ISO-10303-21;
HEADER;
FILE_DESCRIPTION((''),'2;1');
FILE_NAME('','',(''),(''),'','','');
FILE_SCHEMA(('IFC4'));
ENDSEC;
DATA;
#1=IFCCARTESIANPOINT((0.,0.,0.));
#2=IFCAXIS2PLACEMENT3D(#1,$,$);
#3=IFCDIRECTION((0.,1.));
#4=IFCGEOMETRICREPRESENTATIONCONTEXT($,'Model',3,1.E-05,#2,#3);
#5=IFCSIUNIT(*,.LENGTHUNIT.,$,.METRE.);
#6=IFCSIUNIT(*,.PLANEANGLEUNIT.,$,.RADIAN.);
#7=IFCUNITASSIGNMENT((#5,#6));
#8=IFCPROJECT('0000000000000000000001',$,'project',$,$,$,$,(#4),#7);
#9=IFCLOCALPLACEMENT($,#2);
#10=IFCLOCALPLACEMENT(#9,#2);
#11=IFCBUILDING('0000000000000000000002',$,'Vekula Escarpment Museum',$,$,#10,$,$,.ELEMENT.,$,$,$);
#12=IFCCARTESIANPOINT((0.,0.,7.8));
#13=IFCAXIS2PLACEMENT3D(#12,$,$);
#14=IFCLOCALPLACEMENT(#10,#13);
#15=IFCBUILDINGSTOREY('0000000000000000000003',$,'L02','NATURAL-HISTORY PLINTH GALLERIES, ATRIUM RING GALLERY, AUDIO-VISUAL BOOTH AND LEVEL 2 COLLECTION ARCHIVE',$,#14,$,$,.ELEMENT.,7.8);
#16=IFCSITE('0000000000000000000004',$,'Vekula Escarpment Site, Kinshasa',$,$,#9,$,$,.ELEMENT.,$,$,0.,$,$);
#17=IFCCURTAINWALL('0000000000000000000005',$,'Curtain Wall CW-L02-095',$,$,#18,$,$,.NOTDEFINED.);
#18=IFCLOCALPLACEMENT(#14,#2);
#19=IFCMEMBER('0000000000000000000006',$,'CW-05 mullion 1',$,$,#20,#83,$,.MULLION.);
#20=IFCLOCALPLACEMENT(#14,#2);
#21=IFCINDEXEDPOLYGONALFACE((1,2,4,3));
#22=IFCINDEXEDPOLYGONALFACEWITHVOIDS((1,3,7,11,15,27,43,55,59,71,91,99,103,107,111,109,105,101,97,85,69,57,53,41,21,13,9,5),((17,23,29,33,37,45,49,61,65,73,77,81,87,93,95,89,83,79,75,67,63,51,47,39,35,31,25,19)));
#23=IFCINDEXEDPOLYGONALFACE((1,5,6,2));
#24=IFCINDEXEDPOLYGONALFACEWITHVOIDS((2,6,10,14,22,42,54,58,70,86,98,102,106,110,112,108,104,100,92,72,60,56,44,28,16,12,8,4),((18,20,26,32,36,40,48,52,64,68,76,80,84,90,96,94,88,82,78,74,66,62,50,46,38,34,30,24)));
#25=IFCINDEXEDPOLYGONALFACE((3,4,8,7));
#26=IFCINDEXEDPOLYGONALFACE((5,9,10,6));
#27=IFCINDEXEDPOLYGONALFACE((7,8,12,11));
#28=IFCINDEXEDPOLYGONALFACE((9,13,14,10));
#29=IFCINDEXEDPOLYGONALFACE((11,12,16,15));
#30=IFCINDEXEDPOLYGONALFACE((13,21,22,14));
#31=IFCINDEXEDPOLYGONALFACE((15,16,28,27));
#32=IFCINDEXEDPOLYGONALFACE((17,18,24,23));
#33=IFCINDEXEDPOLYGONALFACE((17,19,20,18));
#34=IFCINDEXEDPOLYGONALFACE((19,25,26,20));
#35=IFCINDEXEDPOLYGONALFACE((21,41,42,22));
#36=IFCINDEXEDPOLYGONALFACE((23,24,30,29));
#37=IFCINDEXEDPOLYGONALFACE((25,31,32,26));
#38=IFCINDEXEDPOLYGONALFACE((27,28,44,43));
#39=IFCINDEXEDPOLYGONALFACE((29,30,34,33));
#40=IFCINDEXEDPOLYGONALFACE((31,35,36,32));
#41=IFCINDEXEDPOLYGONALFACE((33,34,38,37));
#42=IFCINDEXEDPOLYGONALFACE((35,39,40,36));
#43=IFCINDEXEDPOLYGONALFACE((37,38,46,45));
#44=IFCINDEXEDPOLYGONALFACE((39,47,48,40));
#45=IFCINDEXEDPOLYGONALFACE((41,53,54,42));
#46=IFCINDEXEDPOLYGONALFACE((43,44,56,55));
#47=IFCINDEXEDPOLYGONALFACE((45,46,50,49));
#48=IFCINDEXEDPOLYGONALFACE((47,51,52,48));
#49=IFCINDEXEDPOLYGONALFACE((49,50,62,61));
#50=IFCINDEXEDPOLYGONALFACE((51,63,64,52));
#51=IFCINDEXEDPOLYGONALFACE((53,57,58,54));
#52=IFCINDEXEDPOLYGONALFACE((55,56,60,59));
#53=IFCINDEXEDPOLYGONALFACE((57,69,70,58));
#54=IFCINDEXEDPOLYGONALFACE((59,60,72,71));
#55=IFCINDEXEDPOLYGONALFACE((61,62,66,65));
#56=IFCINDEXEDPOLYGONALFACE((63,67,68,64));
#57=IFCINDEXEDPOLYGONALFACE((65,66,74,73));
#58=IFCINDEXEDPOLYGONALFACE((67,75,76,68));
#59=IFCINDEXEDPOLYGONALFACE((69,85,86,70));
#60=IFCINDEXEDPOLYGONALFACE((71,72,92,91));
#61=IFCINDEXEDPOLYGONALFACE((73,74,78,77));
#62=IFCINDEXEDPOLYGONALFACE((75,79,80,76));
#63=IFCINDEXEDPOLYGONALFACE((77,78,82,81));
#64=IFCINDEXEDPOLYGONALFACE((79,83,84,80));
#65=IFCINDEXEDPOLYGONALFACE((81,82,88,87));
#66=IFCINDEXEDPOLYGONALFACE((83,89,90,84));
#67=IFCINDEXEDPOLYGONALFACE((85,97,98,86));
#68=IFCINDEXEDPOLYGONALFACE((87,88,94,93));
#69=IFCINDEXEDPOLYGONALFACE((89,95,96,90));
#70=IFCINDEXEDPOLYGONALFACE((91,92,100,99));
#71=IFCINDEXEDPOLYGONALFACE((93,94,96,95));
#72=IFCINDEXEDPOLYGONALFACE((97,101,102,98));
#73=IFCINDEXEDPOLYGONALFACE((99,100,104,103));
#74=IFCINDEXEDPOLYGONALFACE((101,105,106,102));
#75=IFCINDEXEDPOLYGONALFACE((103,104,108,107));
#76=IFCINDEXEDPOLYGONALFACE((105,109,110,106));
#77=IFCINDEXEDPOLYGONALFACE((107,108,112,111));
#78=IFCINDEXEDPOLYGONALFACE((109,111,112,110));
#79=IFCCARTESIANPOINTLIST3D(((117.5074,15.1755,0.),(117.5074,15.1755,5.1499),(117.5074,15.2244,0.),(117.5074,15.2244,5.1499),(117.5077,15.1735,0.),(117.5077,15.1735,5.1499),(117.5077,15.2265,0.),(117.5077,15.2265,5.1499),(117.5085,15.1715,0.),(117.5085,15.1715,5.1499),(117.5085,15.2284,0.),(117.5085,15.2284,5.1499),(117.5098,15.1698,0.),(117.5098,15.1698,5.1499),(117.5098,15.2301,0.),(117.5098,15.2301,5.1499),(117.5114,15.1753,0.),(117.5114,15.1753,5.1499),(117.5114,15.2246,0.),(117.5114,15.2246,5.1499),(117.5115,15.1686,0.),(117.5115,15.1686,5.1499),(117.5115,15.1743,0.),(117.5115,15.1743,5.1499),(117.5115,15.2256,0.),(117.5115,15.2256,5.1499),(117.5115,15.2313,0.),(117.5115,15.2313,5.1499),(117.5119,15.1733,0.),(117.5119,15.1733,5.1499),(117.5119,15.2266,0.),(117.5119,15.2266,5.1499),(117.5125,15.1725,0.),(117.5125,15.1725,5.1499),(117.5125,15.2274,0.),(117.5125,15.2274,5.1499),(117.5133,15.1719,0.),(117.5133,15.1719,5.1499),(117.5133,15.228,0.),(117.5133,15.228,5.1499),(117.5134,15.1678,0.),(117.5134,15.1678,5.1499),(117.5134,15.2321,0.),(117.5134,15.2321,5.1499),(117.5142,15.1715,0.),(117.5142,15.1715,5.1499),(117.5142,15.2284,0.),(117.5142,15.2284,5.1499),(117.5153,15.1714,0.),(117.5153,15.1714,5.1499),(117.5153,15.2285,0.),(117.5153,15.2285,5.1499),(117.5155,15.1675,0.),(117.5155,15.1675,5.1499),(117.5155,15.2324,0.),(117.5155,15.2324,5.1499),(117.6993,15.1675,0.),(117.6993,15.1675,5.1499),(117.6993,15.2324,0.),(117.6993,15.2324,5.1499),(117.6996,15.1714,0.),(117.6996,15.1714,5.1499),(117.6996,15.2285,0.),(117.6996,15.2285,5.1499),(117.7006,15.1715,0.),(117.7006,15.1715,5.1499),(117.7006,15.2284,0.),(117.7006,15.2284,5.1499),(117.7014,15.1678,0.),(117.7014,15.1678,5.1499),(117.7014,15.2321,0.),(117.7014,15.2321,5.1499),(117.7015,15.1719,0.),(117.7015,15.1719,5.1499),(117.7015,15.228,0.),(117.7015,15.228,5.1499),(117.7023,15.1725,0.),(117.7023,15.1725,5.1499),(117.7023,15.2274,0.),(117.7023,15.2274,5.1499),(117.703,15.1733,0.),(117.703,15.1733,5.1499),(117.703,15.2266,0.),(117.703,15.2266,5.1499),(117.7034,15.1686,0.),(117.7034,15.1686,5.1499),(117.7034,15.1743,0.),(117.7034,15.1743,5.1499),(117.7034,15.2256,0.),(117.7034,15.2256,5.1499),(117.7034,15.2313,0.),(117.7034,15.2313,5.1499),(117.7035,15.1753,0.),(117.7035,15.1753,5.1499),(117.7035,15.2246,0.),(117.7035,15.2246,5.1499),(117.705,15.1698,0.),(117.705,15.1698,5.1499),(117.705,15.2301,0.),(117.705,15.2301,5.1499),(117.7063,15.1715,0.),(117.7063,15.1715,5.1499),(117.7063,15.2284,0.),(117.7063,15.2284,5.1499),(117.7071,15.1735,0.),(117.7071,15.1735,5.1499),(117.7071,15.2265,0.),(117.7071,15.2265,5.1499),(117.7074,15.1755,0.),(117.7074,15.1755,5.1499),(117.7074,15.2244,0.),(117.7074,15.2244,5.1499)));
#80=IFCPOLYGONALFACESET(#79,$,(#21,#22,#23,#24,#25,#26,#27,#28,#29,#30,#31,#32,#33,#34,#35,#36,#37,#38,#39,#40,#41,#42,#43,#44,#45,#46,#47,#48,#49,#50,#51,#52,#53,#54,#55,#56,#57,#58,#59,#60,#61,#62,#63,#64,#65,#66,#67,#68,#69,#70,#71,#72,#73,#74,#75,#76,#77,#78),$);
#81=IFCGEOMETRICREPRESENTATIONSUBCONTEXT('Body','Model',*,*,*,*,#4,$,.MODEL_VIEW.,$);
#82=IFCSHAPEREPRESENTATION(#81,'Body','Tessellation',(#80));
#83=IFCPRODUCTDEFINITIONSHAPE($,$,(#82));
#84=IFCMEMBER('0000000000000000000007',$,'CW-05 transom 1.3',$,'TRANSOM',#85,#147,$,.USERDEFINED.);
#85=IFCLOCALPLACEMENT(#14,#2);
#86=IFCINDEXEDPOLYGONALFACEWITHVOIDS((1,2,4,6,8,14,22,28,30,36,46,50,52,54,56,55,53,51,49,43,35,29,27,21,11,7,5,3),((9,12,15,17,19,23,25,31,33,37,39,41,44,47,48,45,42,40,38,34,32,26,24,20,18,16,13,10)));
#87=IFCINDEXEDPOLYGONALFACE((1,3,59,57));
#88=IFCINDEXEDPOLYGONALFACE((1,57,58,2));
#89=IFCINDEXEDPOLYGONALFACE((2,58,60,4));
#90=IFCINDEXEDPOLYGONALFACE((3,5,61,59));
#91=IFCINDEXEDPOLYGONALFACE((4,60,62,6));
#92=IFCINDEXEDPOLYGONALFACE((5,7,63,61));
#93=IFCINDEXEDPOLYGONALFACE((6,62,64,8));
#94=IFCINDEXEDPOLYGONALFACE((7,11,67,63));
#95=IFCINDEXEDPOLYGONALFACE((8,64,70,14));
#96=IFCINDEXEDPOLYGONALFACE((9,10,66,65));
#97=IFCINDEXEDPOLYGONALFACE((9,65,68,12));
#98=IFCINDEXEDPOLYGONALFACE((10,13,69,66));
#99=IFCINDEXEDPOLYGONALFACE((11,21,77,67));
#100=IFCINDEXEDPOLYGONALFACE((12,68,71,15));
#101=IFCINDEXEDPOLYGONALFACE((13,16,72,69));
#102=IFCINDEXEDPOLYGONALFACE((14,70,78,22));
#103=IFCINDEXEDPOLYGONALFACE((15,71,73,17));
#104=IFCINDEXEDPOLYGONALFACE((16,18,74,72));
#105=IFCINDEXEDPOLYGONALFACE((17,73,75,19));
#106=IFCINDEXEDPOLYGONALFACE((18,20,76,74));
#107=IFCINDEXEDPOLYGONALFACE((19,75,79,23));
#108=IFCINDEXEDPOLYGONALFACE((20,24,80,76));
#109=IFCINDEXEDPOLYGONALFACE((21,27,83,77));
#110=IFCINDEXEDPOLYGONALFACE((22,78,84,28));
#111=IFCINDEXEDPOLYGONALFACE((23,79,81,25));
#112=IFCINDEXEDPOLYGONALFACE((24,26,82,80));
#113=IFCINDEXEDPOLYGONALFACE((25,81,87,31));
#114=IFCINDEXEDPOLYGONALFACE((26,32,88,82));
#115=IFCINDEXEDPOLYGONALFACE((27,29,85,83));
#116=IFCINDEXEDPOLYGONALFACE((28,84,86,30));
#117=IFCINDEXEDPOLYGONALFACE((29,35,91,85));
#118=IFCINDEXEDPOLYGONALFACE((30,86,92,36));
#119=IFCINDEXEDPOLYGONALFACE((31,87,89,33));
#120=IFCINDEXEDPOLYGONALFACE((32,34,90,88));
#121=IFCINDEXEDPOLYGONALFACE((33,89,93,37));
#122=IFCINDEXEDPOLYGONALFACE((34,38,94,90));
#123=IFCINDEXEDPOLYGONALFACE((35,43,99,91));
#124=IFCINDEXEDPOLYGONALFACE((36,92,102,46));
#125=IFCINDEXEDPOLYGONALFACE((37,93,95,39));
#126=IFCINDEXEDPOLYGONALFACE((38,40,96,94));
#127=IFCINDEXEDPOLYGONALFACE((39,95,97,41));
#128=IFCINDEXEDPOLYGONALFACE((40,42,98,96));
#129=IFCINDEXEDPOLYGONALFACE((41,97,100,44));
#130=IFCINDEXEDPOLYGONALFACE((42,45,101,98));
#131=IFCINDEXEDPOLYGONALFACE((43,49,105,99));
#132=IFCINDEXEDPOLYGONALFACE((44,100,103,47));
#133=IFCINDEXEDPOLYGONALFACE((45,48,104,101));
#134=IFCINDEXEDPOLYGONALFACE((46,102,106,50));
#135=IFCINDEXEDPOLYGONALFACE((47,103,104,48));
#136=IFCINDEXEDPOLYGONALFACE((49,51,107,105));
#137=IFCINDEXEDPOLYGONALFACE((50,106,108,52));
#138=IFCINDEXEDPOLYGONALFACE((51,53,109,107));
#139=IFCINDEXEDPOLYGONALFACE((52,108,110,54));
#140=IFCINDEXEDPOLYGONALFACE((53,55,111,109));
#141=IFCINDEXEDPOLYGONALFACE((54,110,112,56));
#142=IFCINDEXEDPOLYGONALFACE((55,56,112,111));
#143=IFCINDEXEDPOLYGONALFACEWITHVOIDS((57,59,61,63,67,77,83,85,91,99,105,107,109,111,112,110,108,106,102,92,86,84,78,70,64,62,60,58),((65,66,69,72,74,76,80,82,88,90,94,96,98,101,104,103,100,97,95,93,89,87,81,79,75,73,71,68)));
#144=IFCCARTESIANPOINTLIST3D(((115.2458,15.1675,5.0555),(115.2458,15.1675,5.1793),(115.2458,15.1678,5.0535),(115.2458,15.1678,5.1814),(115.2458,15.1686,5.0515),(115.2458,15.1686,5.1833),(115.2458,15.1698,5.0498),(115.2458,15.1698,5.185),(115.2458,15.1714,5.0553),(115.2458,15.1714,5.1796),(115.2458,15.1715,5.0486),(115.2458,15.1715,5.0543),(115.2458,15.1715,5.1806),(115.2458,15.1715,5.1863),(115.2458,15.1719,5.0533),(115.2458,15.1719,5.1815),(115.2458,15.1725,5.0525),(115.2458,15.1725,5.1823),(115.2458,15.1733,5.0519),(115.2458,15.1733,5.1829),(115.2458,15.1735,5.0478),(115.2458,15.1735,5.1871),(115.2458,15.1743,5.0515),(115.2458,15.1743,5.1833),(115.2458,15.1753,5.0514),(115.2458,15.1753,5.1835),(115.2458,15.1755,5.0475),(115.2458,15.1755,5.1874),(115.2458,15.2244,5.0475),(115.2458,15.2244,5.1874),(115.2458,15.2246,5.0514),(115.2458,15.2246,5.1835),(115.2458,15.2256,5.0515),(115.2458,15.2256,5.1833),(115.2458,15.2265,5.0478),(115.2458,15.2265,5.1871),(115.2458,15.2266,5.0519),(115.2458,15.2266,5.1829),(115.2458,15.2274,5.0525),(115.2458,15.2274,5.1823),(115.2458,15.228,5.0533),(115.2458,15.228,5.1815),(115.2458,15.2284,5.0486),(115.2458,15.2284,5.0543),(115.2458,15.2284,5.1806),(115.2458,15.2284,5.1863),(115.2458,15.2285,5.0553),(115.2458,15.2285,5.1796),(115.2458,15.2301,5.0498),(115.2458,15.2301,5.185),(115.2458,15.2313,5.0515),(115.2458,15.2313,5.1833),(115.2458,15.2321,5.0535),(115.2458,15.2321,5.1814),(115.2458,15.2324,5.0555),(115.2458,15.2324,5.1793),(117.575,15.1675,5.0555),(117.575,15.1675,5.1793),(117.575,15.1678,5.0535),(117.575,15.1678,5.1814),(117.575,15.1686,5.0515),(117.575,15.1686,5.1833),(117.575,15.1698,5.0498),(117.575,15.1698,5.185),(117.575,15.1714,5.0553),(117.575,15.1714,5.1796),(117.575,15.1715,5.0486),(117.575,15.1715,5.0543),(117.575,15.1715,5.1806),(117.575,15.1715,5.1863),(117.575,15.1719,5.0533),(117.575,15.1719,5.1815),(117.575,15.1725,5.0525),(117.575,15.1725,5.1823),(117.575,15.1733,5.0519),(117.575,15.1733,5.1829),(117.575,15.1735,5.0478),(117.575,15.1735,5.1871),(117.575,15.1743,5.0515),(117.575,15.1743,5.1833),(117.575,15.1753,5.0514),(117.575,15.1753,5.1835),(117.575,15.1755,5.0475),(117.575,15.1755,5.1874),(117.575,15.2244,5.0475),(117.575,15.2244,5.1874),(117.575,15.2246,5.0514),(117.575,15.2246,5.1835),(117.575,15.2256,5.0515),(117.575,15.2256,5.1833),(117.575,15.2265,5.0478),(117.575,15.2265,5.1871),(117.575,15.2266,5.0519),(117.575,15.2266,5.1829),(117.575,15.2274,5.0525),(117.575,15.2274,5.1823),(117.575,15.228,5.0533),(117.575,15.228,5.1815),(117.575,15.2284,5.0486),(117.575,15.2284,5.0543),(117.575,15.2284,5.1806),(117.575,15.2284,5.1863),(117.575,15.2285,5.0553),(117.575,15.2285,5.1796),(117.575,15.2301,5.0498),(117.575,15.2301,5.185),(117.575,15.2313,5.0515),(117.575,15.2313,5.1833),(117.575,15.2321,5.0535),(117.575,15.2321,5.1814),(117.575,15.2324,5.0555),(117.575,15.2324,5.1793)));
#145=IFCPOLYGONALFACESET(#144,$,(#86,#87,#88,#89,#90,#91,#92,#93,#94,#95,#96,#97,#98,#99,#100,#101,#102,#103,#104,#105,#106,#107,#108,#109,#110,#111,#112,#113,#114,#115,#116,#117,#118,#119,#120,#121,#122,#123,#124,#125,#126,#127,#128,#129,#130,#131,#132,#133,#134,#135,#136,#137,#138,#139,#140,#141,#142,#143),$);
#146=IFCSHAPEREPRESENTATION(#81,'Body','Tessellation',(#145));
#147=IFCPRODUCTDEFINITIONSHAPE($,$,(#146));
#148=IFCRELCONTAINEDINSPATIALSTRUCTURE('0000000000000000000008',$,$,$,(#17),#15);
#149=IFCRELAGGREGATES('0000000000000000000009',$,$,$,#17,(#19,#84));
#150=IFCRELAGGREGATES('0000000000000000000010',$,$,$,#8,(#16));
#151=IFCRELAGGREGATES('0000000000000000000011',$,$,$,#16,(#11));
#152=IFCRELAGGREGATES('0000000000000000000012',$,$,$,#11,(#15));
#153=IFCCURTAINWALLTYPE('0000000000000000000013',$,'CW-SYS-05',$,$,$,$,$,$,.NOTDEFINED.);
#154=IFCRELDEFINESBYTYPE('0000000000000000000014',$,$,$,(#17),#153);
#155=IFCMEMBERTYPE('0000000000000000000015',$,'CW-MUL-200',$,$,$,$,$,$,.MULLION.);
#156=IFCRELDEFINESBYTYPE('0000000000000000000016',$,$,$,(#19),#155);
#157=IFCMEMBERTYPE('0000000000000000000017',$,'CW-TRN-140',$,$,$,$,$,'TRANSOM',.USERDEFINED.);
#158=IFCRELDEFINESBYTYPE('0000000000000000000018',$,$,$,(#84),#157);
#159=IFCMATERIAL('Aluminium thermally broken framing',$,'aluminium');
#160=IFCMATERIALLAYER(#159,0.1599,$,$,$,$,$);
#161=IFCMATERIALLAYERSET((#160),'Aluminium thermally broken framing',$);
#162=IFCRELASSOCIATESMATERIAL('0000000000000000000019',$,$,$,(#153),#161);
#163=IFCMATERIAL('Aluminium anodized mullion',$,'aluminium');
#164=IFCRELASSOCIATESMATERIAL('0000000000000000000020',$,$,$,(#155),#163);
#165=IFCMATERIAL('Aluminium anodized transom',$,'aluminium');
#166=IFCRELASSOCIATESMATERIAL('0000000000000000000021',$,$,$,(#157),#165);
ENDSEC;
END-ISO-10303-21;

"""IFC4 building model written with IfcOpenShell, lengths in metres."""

from ifc_helpers import new_model, si_unit, direction, frame, origin, origin_2d, place, context, subcontext, project, spatial, hollow_rectangle, extrude, material, layer, layer_set, material_profile, profile_set, type_object, element, aggregate, save


model = new_model("IFC4")

# Units and contexts
model_context = context("Model", 3, precision=1e-05, world=origin(), true_north=direction((0.0, 1.0)))
body_context = subcontext(model_context, "Body", "Model", "MODEL_VIEW")
ifc_project = project(units=[si_unit("LENGTHUNIT", "METRE"), si_unit("PLANEANGLEUNIT", "RADIAN")], contexts=[model_context])

# Site, building, storey
site_placement = place(None, origin())
site = spatial("IfcSite", under=ifc_project, at=site_placement, Name="Vekula Escarpment Site, Kinshasa", CompositionType="ELEMENT", RefElevation=0.0)
building_placement = place(site_placement, origin())
building = spatial("IfcBuilding", under=site, at=building_placement, Name="Vekula Escarpment Museum", CompositionType="ELEMENT")
storey_placement = place(building_placement, frame((0.0, 0.0, 7.8)))
storey = spatial("IfcBuildingStorey", under=building, at=storey_placement, Name="L02", Description="NATURAL-HISTORY PLINTH GALLERIES, ATRIUM RING GALLERY, AUDIO-VISUAL BOOTH AND LEVEL 2 COLLECTION ARCHIVE", CompositionType="ELEMENT", Elevation=7.8)

# Curtain wall, members
ifc_material_1 = material(Name="Aluminium thermally broken framing", Category="aluminium")
ifc_layer_1 = layer(ifc_material_1, 0.1599)
ifc_layer_set_1 = layer_set([ifc_layer_1], Name="Aluminium thermally broken framing")
curtain_wall_type = type_object("IfcCurtainWallType", Name="CW-SYS-05", PredefinedType="NOTDEFINED", material=ifc_layer_set_1)
curtain_wall_placement = place(storey_placement, origin())
curtain_wall = element("IfcCurtainWall", 1, at=curtain_wall_placement, inside=storey, type_object=curtain_wall_type, Name="Curtain Wall CW-L02-095", PredefinedType="NOTDEFINED")
ifc_material_2 = material(Name="Aluminium anodized mullion", Category="aluminium")
ifc_material_profile_1 = material_profile(ifc_material_2, hollow_rectangle(XDim=0.0649, YDim=0.2, WallThickness=0.0039, InnerFilletRadius=0.0039, OuterFilletRadius=0.0081, at=origin_2d()), Name="ALU 200x65x4")
ifc_profile_set_1 = profile_set([ifc_material_profile_1], Name="Aluminium anodized mullion")
member_type_1 = type_object("IfcMemberType", Name="CW-MUL-200", PredefinedType="MULLION", material=ifc_profile_set_1)
member_1_placement = place(storey_placement, frame((117.6074, 15.2, 0.0), z_axis=(0.0, 0.0, 1.0), x_axis=(0.0, -1.0, 0.0)))
member_1 = element("IfcMember", 2, at=member_1_placement, type_object=member_type_1, Name="CW-05 mullion 1", PredefinedType="MULLION", context=body_context, shape_type="SweptSolid", body=[
    extrude(hollow_rectangle(XDim=0.0649, YDim=0.2, WallThickness=0.0039, InnerFilletRadius=0.0039, OuterFilletRadius=0.0081, at=origin_2d()), origin(), (0.0, 0.0, 1.0), 5.1499),
])
ifc_material_3 = material(Name="Aluminium anodized transom", Category="aluminium")
ifc_material_profile_2 = material_profile(ifc_material_3, hollow_rectangle(XDim=0.0649, YDim=0.1399, WallThickness=0.0039, InnerFilletRadius=0.0039, OuterFilletRadius=0.0081, at=origin_2d()), Name="ALU 140x65x4")
ifc_profile_set_2 = profile_set([ifc_material_profile_2], Name="Aluminium anodized transom")
member_type_2 = type_object("IfcMemberType", Name="CW-TRN-140", ElementType="TRANSOM", PredefinedType="USERDEFINED", material=ifc_profile_set_2)
member_2_placement = place(storey_placement, frame((117.575, 15.2, 5.1174), z_axis=(-1.0, 0.0, 0.0), x_axis=(0.0, -1.0, 0.0)))
member_2 = element("IfcMember", 3, at=member_2_placement, type_object=member_type_2, Name="CW-05 transom 1.3", ObjectType="TRANSOM", PredefinedType="USERDEFINED", context=body_context, shape_type="SweptSolid", body=[
    extrude(hollow_rectangle(XDim=0.0649, YDim=0.1399, WallThickness=0.0039, InnerFilletRadius=0.0039, OuterFilletRadius=0.0081, at=origin_2d()), origin(), (0.0, 0.0, 1.0), 2.3291),
])
aggregate(curtain_wall, [member_1, member_2])

save(model, "model.ifc")
